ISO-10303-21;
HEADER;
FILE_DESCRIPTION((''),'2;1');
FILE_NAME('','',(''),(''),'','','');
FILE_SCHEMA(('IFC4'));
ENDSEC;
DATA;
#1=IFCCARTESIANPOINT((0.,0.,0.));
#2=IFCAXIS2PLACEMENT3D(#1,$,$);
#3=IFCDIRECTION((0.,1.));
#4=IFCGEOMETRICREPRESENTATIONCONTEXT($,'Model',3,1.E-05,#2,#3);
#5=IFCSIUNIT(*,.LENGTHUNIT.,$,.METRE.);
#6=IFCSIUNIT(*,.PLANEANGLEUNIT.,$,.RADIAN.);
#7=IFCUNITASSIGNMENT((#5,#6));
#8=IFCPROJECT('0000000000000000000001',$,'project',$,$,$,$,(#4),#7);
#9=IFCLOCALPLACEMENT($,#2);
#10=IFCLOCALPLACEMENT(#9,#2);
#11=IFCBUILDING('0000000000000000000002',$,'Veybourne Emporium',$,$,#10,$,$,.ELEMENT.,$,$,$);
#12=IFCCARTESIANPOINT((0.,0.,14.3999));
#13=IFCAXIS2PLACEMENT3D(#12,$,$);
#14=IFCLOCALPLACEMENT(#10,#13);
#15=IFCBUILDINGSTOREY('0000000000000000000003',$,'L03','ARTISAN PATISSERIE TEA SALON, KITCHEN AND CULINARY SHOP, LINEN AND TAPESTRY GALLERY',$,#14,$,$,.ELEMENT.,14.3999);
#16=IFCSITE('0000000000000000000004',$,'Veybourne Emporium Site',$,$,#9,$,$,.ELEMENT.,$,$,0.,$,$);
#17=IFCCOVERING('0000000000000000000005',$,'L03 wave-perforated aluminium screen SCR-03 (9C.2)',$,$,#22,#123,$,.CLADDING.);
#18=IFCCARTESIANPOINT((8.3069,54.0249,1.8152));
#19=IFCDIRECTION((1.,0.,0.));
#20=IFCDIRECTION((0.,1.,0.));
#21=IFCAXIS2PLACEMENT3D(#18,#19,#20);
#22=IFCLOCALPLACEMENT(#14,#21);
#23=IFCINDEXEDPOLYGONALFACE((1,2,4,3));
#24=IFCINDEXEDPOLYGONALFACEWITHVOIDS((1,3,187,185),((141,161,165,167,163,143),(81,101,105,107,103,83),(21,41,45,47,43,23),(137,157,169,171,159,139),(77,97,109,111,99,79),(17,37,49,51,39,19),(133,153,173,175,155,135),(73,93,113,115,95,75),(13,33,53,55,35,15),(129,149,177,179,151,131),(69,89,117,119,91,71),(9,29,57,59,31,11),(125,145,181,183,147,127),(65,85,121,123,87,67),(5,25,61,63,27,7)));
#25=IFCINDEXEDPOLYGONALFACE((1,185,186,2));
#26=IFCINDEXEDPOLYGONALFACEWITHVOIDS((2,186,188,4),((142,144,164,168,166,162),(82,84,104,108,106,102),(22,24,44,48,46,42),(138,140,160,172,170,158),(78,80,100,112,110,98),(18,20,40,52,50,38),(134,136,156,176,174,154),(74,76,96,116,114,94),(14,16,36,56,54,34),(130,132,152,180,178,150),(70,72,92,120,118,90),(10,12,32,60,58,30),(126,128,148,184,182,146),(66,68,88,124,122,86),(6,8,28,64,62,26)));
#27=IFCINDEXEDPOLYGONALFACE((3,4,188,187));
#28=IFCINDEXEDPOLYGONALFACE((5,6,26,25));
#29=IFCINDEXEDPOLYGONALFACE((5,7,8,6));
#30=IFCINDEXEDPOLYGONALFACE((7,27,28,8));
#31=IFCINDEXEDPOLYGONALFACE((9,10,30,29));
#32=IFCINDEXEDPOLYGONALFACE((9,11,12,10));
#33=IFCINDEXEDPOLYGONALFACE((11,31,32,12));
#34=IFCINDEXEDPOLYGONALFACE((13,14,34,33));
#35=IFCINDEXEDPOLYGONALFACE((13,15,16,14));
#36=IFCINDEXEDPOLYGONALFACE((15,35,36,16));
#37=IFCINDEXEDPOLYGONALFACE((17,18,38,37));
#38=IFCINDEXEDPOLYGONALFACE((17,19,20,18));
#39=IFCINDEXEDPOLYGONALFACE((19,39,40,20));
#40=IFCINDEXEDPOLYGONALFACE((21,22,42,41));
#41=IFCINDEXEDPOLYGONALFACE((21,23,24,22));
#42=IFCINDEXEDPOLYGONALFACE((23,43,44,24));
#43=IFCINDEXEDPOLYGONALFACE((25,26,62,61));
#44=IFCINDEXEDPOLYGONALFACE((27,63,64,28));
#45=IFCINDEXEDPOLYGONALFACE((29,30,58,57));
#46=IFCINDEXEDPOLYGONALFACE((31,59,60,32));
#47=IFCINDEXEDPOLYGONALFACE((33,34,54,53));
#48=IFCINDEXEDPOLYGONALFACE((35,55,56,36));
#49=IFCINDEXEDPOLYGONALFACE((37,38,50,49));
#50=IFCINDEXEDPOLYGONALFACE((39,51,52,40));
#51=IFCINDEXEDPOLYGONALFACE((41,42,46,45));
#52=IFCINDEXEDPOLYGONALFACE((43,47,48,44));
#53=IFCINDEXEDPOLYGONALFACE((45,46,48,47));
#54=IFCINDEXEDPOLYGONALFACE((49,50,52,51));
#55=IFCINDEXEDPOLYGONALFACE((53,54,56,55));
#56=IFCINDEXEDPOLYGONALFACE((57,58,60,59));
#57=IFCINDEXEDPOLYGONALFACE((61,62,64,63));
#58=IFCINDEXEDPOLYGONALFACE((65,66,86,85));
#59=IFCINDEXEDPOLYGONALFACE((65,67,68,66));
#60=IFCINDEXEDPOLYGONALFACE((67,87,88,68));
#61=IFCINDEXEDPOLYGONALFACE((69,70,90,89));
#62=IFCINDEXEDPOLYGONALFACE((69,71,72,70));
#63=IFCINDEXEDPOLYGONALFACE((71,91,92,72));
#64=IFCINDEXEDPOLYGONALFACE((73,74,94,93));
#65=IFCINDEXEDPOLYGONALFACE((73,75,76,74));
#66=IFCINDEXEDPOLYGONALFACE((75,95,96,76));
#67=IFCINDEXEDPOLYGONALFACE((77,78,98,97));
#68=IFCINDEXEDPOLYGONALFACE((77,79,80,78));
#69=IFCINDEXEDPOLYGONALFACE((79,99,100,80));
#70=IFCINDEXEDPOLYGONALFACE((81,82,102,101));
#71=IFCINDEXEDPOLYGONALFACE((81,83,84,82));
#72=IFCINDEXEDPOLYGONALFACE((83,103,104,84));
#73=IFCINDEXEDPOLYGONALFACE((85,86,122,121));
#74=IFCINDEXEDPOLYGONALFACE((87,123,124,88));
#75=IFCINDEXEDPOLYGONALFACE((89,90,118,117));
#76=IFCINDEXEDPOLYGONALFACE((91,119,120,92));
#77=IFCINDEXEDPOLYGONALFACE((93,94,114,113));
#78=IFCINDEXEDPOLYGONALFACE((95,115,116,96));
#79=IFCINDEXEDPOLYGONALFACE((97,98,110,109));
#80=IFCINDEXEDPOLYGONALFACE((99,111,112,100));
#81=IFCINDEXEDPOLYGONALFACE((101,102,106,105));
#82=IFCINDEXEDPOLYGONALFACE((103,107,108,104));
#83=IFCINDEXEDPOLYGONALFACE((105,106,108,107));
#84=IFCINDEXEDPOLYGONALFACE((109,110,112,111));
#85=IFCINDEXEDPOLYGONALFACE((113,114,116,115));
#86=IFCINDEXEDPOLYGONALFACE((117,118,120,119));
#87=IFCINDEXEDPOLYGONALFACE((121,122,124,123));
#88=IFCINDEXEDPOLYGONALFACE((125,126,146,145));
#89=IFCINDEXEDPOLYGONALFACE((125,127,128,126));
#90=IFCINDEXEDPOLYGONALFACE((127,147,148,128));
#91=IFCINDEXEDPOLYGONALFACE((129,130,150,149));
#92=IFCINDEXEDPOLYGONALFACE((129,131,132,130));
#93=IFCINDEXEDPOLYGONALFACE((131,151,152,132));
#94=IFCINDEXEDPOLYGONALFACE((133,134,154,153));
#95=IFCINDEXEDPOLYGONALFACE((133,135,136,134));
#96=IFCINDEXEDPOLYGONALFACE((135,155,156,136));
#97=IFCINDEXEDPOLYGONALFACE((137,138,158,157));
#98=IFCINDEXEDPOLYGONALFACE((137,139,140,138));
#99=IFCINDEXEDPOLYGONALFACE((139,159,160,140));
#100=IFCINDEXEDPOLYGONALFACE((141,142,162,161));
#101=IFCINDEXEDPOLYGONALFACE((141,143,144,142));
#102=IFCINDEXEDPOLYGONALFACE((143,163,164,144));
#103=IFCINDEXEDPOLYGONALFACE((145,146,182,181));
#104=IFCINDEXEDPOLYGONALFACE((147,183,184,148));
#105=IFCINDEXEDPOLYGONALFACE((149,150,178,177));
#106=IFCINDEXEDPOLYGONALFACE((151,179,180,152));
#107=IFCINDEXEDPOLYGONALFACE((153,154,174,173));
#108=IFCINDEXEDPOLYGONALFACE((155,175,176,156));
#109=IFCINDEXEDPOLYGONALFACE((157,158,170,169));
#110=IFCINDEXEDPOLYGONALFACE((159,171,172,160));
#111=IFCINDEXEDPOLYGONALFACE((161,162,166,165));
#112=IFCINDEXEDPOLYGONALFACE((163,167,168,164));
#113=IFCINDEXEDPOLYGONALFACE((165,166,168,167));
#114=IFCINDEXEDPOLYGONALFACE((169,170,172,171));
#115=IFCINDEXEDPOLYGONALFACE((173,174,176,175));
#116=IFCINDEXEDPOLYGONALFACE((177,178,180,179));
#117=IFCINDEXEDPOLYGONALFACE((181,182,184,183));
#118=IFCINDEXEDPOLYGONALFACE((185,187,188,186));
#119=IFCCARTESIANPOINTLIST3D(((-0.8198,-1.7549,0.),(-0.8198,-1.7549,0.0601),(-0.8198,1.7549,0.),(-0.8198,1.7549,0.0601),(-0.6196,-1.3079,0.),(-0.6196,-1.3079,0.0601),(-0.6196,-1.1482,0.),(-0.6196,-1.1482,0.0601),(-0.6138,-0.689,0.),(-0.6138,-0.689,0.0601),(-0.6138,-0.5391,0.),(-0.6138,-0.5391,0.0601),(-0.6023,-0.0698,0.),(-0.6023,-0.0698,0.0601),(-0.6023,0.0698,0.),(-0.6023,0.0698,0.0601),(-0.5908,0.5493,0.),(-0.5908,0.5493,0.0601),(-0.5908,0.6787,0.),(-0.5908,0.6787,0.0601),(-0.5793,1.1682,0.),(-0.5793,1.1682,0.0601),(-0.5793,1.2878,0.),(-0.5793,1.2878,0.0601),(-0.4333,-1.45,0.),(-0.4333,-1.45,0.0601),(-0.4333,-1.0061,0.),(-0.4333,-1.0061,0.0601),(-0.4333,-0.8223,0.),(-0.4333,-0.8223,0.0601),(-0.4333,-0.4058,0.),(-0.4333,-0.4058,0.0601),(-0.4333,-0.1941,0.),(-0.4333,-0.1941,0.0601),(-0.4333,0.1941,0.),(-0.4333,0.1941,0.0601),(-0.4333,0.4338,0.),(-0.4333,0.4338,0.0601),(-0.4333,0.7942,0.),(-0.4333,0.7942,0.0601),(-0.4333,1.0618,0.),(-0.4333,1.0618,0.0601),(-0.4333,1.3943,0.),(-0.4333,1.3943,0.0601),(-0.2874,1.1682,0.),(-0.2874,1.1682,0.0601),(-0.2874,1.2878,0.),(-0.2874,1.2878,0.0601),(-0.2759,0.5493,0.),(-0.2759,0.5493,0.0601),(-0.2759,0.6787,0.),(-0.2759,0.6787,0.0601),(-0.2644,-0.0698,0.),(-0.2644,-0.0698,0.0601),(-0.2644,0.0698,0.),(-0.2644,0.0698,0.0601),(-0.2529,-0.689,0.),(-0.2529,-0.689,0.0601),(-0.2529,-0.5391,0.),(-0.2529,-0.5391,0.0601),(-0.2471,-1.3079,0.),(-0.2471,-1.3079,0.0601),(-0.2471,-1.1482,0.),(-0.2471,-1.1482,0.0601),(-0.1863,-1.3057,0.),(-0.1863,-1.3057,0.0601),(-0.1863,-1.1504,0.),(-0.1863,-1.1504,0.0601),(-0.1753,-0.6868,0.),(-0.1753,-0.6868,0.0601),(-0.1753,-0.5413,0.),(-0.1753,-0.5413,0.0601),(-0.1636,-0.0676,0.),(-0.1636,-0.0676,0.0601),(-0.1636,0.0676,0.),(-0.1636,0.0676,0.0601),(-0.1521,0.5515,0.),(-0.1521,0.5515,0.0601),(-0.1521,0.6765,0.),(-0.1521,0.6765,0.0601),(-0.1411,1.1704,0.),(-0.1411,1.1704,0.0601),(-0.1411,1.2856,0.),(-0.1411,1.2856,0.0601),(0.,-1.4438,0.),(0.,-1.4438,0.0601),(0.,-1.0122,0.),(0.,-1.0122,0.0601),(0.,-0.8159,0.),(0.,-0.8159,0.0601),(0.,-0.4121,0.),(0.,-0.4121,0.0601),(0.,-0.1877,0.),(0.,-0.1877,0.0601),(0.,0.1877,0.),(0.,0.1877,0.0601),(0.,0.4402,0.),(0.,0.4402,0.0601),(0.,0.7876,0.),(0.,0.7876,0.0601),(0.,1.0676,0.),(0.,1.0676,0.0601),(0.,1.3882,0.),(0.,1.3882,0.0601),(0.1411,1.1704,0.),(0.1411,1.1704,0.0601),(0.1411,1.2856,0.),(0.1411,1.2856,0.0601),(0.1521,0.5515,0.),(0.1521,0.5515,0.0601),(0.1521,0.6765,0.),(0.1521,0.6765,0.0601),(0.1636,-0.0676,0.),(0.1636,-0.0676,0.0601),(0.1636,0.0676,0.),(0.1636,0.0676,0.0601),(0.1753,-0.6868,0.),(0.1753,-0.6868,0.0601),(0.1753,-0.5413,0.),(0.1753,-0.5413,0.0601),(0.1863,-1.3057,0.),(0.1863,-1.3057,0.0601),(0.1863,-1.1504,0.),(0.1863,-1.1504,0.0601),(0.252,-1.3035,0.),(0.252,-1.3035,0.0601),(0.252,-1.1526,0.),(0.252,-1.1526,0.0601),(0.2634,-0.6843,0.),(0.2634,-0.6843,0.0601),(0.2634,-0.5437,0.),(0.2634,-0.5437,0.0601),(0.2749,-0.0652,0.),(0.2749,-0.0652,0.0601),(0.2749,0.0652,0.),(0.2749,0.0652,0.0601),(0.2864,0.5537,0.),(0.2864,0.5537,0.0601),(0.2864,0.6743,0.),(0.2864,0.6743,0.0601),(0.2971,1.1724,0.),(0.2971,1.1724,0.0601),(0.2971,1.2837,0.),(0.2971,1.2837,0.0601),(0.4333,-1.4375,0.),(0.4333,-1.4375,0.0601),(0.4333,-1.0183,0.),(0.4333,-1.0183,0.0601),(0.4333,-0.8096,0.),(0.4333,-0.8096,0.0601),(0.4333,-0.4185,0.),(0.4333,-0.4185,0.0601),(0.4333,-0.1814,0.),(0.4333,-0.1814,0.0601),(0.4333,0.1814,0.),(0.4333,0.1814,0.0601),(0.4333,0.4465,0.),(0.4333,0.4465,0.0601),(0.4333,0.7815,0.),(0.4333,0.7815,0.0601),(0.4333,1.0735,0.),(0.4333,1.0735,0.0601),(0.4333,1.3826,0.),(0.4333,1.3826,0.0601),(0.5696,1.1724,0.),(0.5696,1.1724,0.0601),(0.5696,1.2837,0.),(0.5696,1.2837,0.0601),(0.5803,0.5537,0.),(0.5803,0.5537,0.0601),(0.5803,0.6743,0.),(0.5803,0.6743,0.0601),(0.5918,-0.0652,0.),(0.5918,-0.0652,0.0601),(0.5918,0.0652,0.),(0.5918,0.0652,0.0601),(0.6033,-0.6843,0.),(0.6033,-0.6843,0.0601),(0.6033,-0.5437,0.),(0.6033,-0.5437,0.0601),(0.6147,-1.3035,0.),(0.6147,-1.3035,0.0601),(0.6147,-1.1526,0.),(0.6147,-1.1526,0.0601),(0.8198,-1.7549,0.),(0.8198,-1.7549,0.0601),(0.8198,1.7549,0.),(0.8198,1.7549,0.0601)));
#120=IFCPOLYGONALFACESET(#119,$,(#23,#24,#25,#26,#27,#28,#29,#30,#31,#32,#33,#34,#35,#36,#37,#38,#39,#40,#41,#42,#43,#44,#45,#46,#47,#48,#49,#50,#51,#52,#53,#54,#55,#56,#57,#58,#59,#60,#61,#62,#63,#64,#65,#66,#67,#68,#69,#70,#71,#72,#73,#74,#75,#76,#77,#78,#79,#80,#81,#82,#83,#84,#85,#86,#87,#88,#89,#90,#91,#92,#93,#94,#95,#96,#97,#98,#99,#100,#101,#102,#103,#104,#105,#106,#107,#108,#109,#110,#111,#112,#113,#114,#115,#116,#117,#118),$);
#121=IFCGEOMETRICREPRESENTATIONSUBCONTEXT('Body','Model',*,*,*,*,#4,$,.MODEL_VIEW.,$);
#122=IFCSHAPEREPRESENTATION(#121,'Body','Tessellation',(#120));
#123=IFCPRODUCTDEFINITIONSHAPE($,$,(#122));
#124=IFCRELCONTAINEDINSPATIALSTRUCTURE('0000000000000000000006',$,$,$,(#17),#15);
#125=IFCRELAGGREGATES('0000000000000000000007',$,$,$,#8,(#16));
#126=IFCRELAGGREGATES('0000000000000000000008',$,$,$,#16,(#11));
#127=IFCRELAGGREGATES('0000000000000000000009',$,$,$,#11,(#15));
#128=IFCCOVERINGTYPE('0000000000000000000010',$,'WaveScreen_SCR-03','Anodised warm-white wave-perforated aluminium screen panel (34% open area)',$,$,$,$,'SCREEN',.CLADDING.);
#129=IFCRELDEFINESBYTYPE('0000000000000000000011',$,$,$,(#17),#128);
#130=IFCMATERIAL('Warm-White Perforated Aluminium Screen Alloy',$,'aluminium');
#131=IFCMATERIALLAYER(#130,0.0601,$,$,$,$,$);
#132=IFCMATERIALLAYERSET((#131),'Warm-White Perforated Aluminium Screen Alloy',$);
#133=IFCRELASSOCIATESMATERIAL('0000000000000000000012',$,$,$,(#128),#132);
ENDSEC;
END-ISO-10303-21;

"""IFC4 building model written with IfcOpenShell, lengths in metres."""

from ifc_helpers import new_model, si_unit, direction, frame, origin, place, context, subcontext, project, spatial, polyline, outline, extrude, material, layer, layer_set, type_object, element, save


model = new_model("IFC4")

# Units and contexts
model_context = context("Model", 3, precision=1e-05, world=origin(), true_north=direction((0.0, 1.0)))
body_context = subcontext(model_context, "Body", "Model", "MODEL_VIEW")
ifc_project = project(units=[si_unit("LENGTHUNIT", "METRE"), si_unit("PLANEANGLEUNIT", "RADIAN")], contexts=[model_context])

# Site, building, storey
site_placement = place(None, origin())
site = spatial("IfcSite", under=ifc_project, at=site_placement, Name="Veybourne Emporium Site", CompositionType="ELEMENT", RefElevation=0.0)
building_placement = place(site_placement, origin())
building = spatial("IfcBuilding", under=site, at=building_placement, Name="Veybourne Emporium", CompositionType="ELEMENT")
storey_placement = place(building_placement, frame((0.0, 0.0, 14.3999)))
storey = spatial("IfcBuildingStorey", under=building, at=storey_placement, Name="L03", Description="ARTISAN PATISSERIE TEA SALON, KITCHEN AND CULINARY SHOP, LINEN AND TAPESTRY GALLERY", CompositionType="ELEMENT", Elevation=14.3999)

# Covering
ifc_material_1 = material(Name="Warm-White Perforated Aluminium Screen Alloy", Category="aluminium")
ifc_layer_1 = layer(ifc_material_1, 0.0601)
ifc_layer_set_1 = layer_set([ifc_layer_1], Name="Warm-White Perforated Aluminium Screen Alloy")
covering_type_1 = type_object("IfcCoveringType", Name="WaveScreen_SCR-03", Description="Anodised warm-white wave-perforated aluminium screen panel (34% open area)", ElementType="SCREEN", PredefinedType="CLADDING", material=ifc_layer_set_1)
covering_1_placement = place(storey_placement, frame((8.3069, 54.0249, 1.8152), z_axis=(1.0, 0.0, 0.0), x_axis=(0.0, 1.0, 0.0)))
element("IfcCovering", 1, at=covering_1_placement, inside=storey, type_object=covering_type_1, Name="L03 wave-perforated aluminium screen SCR-03 (9C.2)", PredefinedType="CLADDING", context=body_context, shape_type="SweptSolid", body=[
    extrude(outline(polyline([(-0.8198, -1.7549), (0.8198, -1.7549), (0.8198, 1.7549), (-0.8198, 1.7549), (-0.8198, -1.7549)]), holes=[polyline([(-0.4333, -1.0061), (-0.2471, -1.1482), (-0.2471, -1.3079), (-0.4333, -1.45), (-0.6196, -1.3079), (-0.6196, -1.1482), (-0.4333, -1.0061)]), polyline([(-0.4333, -0.4058), (-0.2529, -0.5391), (-0.2529, -0.689), (-0.4333, -0.8223), (-0.6138, -0.689), (-0.6138, -0.5391), (-0.4333, -0.4058)]), polyline([(-0.4333, 0.1941), (-0.2644, 0.0698), (-0.2644, -0.0698), (-0.4333, -0.1941), (-0.6023, -0.0698), (-0.6023, 0.0698), (-0.4333, 0.1941)]), polyline([(-0.4333, 0.7942), (-0.2759, 0.6787), (-0.2759, 0.5493), (-0.4333, 0.4338), (-0.5908, 0.5493), (-0.5908, 0.6787), (-0.4333, 0.7942)]), polyline([(-0.4333, 1.3943), (-0.2874, 1.2878), (-0.2874, 1.1682), (-0.4333, 1.0618), (-0.5793, 1.1682), (-0.5793, 1.2878), (-0.4333, 1.3943)]), polyline([(0.0, -1.0122), (0.1863, -1.1504), (0.1863, -1.3057), (0.0, -1.4438), (-0.1863, -1.3057), (-0.1863, -1.1504), (0.0, -1.0122)]), polyline([(0.0, -0.4121), (0.1753, -0.5413), (0.1753, -0.6868), (0.0, -0.8159), (-0.1753, -0.6868), (-0.1753, -0.5413), (0.0, -0.4121)]), polyline([(0.0, 0.1877), (0.1636, 0.0676), (0.1636, -0.0676), (0.0, -0.1877), (-0.1636, -0.0676), (-0.1636, 0.0676), (0.0, 0.1877)]), polyline([(0.0, 0.7876), (0.1521, 0.6765), (0.1521, 0.5515), (0.0, 0.4402), (-0.1521, 0.5515), (-0.1521, 0.6765), (0.0, 0.7876)]), polyline([(0.0, 1.3882), (0.1411, 1.2856), (0.1411, 1.1704), (0.0, 1.0676), (-0.1411, 1.1704), (-0.1411, 1.2856), (0.0, 1.3882)]), polyline([(0.4333, -1.0183), (0.6147, -1.1526), (0.6147, -1.3035), (0.4333, -1.4375), (0.252, -1.3035), (0.252, -1.1526), (0.4333, -1.0183)]), polyline([(0.4333, -0.4185), (0.6033, -0.5437), (0.6033, -0.6843), (0.4333, -0.8096), (0.2634, -0.6843), (0.2634, -0.5437), (0.4333, -0.4185)]), polyline([(0.4333, 0.1814), (0.5918, 0.0652), (0.5918, -0.0652), (0.4333, -0.1814), (0.2749, -0.0652), (0.2749, 0.0652), (0.4333, 0.1814)]), polyline([(0.4333, 0.7815), (0.5803, 0.6743), (0.5803, 0.5537), (0.4333, 0.4465), (0.2864, 0.5537), (0.2864, 0.6743), (0.4333, 0.7815)]), polyline([(0.4333, 1.3826), (0.5696, 1.2837), (0.5696, 1.1724), (0.4333, 1.0735), (0.2971, 1.1724), (0.2971, 1.2837), (0.4333, 1.3826)])]), origin(), (0.0, 0.0, 1.0), 0.0601),
])

save(model, "model.ifc")
